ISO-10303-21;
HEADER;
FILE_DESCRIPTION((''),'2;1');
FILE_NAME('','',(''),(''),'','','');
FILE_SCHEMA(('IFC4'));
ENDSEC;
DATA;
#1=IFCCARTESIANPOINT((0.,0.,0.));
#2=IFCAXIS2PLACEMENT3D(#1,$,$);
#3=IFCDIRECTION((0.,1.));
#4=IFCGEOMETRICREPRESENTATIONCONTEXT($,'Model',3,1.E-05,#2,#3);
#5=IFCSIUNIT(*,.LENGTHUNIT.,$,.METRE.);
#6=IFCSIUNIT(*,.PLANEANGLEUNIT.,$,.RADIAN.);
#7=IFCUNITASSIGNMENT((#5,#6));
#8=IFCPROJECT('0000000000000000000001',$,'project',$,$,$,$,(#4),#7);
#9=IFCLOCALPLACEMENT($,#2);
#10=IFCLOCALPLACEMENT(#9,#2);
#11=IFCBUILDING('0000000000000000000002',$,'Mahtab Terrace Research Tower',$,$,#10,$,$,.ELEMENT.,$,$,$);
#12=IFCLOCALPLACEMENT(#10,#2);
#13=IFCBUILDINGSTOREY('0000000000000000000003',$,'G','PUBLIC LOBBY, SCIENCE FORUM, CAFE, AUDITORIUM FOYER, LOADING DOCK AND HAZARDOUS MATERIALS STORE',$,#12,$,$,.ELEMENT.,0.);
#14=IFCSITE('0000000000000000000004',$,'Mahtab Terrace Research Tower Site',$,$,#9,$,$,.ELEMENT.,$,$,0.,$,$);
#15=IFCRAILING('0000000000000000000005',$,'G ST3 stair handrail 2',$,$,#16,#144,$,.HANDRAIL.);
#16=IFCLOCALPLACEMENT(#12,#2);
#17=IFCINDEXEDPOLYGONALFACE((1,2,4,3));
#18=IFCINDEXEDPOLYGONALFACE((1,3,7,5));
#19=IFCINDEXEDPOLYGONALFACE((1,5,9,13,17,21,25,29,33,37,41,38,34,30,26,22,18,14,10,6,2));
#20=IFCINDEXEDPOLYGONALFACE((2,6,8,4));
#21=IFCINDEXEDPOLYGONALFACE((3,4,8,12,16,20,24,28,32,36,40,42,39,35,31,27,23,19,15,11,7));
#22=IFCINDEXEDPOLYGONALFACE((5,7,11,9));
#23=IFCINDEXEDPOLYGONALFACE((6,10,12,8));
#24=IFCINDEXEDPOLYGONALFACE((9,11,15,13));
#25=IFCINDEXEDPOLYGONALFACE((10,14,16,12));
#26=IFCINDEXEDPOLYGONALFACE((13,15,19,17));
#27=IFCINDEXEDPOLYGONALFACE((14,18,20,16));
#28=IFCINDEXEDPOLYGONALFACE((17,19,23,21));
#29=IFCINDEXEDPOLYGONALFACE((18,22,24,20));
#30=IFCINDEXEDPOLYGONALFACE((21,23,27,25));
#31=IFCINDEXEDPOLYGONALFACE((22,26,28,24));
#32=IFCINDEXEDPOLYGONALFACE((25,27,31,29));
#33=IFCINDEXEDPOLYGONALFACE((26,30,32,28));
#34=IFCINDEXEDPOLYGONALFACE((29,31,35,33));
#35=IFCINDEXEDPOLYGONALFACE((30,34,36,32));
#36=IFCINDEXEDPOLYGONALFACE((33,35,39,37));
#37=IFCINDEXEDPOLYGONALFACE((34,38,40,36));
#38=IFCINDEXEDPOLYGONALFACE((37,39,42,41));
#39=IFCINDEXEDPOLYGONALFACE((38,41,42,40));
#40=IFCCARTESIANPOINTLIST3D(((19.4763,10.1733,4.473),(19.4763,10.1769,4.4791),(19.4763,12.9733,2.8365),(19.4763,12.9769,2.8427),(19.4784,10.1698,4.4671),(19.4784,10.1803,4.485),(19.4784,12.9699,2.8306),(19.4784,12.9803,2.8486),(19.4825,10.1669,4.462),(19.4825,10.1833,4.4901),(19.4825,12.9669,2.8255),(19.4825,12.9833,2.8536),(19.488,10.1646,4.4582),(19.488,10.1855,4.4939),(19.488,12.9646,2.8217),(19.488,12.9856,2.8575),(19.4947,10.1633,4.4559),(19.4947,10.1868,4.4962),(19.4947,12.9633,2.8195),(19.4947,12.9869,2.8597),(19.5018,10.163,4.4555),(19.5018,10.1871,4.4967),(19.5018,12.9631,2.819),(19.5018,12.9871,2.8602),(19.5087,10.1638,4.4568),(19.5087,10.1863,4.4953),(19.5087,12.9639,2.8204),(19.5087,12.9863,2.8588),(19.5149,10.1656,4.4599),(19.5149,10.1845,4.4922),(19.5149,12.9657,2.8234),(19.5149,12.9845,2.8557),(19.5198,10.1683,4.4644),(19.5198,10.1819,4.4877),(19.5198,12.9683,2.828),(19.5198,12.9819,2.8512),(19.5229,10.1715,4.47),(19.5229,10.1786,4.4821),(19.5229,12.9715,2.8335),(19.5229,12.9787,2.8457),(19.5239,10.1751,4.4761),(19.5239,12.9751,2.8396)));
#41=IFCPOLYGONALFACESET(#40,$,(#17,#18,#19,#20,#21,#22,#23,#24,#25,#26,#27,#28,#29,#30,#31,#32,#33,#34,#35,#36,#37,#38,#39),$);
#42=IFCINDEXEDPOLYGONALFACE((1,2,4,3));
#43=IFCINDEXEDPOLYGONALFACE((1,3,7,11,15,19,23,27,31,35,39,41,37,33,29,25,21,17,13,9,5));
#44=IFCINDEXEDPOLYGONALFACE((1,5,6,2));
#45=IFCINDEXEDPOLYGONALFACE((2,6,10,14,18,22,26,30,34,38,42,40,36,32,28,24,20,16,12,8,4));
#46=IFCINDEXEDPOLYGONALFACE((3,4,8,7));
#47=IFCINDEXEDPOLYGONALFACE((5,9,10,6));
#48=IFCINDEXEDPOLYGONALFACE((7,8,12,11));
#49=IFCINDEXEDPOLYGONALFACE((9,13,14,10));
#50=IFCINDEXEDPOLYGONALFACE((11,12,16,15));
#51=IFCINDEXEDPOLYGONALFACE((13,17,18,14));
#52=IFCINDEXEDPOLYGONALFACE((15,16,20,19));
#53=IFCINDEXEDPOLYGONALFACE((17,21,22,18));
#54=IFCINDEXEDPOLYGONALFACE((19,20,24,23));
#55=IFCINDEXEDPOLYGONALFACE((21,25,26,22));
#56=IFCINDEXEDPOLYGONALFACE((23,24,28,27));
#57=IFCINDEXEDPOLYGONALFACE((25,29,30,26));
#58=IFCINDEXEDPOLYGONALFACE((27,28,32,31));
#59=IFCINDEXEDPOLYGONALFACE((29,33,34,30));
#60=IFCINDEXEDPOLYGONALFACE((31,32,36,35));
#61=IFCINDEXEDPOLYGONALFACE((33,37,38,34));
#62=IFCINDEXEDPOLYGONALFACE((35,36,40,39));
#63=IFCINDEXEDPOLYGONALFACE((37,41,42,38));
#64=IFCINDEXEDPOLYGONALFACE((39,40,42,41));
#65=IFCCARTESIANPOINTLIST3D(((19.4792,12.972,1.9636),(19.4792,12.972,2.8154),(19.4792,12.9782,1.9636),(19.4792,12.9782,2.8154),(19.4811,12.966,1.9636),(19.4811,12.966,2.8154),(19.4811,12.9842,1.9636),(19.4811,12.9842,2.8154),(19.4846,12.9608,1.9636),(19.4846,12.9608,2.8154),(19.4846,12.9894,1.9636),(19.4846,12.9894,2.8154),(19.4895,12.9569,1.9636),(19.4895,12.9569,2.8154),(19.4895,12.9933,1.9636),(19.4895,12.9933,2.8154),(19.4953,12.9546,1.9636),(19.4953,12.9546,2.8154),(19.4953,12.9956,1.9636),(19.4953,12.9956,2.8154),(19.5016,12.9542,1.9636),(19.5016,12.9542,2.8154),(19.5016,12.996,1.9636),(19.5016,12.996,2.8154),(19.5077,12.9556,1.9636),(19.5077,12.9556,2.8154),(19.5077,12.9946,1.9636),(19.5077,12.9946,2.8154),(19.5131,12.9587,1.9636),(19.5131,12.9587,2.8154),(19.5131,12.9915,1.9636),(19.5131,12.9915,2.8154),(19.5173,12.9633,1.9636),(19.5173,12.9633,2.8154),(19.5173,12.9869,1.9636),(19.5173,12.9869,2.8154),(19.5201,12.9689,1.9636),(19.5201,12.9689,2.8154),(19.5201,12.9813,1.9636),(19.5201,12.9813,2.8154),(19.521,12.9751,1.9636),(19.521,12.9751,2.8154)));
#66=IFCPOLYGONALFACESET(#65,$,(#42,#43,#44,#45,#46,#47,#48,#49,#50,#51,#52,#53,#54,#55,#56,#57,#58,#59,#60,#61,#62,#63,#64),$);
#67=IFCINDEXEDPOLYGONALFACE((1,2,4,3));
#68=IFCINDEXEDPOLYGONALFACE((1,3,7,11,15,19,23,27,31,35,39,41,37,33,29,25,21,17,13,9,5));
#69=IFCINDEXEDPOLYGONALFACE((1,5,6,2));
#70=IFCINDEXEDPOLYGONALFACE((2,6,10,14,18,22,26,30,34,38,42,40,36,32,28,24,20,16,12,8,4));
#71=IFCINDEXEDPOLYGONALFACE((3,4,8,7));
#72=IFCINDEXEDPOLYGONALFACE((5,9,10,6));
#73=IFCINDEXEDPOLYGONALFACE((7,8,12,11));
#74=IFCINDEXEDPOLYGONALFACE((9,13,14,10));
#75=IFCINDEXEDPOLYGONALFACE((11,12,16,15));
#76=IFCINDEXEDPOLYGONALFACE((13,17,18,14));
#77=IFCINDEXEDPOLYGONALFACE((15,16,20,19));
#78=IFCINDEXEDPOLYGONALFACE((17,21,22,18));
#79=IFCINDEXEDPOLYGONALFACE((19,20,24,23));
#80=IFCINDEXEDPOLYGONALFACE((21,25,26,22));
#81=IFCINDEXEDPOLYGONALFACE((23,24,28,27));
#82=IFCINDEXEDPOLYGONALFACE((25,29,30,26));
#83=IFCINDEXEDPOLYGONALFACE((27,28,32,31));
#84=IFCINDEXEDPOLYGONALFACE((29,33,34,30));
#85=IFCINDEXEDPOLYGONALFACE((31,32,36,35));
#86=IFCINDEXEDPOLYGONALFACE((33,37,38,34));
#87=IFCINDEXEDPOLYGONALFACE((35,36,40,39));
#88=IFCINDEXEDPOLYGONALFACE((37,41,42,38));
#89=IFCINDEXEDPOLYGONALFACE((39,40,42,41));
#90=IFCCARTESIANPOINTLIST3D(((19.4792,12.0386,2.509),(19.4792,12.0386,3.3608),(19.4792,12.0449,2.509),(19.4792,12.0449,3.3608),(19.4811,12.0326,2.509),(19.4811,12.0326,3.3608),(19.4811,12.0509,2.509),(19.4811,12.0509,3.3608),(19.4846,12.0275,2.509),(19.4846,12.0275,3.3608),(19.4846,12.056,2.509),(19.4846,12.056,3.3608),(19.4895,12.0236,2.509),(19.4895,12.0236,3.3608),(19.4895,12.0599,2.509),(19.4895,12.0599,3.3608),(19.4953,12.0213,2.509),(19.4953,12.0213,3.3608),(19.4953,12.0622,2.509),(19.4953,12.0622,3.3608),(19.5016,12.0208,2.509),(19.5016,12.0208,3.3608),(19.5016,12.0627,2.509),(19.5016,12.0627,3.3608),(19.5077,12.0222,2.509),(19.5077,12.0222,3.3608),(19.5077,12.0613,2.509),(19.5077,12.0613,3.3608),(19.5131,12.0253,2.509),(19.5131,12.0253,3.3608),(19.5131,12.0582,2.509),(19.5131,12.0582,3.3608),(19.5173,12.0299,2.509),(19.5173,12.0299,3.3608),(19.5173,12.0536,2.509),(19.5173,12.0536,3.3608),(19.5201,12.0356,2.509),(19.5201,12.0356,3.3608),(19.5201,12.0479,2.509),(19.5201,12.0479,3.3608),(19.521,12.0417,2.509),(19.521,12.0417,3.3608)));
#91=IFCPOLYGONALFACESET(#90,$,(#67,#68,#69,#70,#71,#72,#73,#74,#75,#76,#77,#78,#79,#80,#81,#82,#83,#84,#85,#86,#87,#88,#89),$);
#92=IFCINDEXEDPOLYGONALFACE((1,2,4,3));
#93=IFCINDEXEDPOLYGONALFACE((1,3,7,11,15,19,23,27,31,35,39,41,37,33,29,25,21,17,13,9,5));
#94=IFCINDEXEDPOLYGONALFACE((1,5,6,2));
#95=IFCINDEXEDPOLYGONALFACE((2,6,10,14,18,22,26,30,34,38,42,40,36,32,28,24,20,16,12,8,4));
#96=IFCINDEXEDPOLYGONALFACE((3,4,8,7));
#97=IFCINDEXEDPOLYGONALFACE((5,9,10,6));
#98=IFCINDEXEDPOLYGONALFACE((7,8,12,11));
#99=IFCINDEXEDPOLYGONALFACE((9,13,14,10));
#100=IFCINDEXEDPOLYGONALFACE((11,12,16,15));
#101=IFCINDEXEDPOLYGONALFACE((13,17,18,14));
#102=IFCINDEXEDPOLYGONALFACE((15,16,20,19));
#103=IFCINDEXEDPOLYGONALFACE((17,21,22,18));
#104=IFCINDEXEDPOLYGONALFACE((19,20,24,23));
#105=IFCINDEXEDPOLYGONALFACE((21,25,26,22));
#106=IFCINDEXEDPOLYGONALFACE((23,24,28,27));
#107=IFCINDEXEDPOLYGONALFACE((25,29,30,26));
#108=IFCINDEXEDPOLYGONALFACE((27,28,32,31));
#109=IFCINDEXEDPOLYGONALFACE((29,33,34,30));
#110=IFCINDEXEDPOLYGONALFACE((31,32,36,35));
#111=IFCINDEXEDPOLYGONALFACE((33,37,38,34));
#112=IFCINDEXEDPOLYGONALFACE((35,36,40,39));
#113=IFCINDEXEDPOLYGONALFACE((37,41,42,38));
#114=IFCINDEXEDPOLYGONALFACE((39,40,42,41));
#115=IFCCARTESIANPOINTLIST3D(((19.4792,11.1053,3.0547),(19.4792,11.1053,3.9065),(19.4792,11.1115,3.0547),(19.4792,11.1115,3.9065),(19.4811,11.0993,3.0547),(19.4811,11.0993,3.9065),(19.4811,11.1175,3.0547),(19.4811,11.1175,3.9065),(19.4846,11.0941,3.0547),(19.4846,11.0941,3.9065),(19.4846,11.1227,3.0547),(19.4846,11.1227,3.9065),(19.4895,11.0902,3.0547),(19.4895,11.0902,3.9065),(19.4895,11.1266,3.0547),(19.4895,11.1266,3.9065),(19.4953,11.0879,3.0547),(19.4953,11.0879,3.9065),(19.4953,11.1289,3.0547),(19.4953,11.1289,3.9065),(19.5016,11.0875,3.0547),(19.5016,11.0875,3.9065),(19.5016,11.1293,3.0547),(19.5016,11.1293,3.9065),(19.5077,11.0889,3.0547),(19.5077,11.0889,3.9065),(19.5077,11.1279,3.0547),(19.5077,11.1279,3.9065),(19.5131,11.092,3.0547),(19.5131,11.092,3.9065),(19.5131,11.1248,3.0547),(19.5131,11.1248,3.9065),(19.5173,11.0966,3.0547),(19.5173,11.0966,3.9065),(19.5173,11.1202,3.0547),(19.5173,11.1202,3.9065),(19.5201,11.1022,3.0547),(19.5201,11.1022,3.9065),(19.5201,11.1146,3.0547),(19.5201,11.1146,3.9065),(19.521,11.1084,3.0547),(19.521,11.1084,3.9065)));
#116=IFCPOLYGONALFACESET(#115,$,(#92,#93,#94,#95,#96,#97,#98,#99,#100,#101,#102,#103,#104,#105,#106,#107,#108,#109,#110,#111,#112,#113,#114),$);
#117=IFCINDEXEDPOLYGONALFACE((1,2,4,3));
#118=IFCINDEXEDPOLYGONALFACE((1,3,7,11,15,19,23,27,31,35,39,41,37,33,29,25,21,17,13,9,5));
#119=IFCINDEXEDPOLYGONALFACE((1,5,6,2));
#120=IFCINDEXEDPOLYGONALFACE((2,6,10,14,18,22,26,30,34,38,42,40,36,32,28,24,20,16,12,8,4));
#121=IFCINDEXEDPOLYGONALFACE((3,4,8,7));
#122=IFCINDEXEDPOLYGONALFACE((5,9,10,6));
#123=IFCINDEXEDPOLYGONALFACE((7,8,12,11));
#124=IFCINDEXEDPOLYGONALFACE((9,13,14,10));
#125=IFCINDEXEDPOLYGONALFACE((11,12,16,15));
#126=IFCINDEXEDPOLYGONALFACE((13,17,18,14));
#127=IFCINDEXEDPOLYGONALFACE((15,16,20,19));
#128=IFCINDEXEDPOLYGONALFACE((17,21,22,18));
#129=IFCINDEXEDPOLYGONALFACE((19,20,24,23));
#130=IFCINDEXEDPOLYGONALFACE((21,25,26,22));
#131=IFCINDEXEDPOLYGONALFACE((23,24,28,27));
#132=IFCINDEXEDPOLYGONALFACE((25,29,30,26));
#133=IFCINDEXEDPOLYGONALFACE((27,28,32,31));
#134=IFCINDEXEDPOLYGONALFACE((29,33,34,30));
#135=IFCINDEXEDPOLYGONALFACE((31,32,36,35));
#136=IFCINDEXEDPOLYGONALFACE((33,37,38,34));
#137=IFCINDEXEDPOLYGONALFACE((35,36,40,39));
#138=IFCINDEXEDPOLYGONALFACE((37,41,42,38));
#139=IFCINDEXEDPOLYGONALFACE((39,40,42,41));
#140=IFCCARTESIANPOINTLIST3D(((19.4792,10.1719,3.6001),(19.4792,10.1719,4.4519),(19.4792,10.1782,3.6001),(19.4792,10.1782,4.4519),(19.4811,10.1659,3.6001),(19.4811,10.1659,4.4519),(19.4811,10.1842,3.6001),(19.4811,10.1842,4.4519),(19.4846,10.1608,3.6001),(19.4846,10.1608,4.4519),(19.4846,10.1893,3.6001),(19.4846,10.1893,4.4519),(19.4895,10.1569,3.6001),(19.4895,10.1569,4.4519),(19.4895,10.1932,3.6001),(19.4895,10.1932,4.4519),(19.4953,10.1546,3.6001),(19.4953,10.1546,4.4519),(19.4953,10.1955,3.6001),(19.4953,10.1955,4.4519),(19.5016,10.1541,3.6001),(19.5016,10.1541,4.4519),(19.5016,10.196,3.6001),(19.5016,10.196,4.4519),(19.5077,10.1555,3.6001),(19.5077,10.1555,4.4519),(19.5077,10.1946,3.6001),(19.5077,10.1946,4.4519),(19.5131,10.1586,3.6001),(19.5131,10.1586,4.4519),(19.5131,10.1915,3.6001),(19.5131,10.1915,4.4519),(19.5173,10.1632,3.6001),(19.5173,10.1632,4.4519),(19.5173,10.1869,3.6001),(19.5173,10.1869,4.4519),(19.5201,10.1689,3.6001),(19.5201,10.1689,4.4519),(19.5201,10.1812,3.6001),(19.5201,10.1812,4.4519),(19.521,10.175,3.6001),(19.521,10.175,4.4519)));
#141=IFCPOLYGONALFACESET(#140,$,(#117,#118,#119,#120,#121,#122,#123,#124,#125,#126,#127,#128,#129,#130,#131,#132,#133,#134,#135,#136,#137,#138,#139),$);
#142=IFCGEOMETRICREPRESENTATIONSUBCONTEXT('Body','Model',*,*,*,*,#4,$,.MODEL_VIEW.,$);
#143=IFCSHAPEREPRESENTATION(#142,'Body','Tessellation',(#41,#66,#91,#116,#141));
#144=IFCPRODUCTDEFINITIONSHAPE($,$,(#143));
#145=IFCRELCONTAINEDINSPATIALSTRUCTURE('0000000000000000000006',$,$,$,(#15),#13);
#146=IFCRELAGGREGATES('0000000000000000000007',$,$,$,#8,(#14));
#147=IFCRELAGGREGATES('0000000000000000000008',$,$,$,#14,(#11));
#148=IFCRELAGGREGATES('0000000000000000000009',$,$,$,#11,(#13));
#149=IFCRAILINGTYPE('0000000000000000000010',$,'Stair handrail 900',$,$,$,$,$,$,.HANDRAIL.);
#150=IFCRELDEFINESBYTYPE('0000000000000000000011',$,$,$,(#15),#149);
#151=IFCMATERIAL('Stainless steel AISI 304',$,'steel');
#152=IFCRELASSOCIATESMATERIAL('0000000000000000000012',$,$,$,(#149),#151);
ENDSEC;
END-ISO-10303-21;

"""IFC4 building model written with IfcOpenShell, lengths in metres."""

from ifc_helpers import new_model, si_unit, direction, frame, origin, origin_2d, place, context, subcontext, project, spatial, circle, extrude, material, type_object, element, save


model = new_model("IFC4")

# Units and contexts
model_context = context("Model", 3, precision=1e-05, world=origin(), true_north=direction((0.0, 1.0)))
body_context = subcontext(model_context, "Body", "Model", "MODEL_VIEW")
ifc_project = project(units=[si_unit("LENGTHUNIT", "METRE"), si_unit("PLANEANGLEUNIT", "RADIAN")], contexts=[model_context])

# Site, building, storey
site_placement = place(None, origin())
site = spatial("IfcSite", under=ifc_project, at=site_placement, Name="Mahtab Terrace Research Tower Site", CompositionType="ELEMENT", RefElevation=0.0)
building_placement = place(site_placement, origin())
building = spatial("IfcBuilding", under=site, at=building_placement, Name="Mahtab Terrace Research Tower", CompositionType="ELEMENT")
storey_placement = place(building_placement, origin())
storey = spatial("IfcBuildingStorey", under=building, at=storey_placement, Name="G", Description="PUBLIC LOBBY, SCIENCE FORUM, CAFE, AUDITORIUM FOYER, LOADING DOCK AND HAZARDOUS MATERIALS STORE", CompositionType="ELEMENT", Elevation=0.0)

# Railing
ifc_material_1 = material(Name="Stainless steel AISI 304", Category="steel")
railing_type_1 = type_object("IfcRailingType", Name="Stair handrail 900", PredefinedType="HANDRAIL", material=ifc_material_1)
railing_1_placement = place(storey_placement, frame((19.5, 12.9751, 1.9636)))
element("IfcRailing", 1, at=railing_1_placement, inside=storey, type_object=railing_type_1, Name="G ST3 stair handrail 2", PredefinedType="HANDRAIL", context=body_context, shape_type="SweptSolid", body=[
    extrude(circle(Radius=0.0239, at=origin_2d()), frame((0.0, 0.0, 0.876), z_axis=(0.0, -0.863361, 0.504587), x_axis=(1.0, 0.0, 0.0)), (0.0, 0.0, 1.0), 3.2432),
    extrude(circle(Radius=0.021, at=origin_2d()), origin(), (0.0, 0.0, 1.0), 0.8518),
    extrude(circle(Radius=0.021, at=origin_2d()), frame((0.0, -0.9333, 0.5454)), (0.0, 0.0, 1.0), 0.8518),
    extrude(circle(Radius=0.021, at=origin_2d()), frame((0.0, -1.8667, 1.0911)), (0.0, 0.0, 1.0), 0.8518),
    extrude(circle(Radius=0.021, at=origin_2d()), frame((0.0, -2.8, 1.6365)), (0.0, 0.0, 1.0), 0.8518),
])

save(model, "model.ifc")
